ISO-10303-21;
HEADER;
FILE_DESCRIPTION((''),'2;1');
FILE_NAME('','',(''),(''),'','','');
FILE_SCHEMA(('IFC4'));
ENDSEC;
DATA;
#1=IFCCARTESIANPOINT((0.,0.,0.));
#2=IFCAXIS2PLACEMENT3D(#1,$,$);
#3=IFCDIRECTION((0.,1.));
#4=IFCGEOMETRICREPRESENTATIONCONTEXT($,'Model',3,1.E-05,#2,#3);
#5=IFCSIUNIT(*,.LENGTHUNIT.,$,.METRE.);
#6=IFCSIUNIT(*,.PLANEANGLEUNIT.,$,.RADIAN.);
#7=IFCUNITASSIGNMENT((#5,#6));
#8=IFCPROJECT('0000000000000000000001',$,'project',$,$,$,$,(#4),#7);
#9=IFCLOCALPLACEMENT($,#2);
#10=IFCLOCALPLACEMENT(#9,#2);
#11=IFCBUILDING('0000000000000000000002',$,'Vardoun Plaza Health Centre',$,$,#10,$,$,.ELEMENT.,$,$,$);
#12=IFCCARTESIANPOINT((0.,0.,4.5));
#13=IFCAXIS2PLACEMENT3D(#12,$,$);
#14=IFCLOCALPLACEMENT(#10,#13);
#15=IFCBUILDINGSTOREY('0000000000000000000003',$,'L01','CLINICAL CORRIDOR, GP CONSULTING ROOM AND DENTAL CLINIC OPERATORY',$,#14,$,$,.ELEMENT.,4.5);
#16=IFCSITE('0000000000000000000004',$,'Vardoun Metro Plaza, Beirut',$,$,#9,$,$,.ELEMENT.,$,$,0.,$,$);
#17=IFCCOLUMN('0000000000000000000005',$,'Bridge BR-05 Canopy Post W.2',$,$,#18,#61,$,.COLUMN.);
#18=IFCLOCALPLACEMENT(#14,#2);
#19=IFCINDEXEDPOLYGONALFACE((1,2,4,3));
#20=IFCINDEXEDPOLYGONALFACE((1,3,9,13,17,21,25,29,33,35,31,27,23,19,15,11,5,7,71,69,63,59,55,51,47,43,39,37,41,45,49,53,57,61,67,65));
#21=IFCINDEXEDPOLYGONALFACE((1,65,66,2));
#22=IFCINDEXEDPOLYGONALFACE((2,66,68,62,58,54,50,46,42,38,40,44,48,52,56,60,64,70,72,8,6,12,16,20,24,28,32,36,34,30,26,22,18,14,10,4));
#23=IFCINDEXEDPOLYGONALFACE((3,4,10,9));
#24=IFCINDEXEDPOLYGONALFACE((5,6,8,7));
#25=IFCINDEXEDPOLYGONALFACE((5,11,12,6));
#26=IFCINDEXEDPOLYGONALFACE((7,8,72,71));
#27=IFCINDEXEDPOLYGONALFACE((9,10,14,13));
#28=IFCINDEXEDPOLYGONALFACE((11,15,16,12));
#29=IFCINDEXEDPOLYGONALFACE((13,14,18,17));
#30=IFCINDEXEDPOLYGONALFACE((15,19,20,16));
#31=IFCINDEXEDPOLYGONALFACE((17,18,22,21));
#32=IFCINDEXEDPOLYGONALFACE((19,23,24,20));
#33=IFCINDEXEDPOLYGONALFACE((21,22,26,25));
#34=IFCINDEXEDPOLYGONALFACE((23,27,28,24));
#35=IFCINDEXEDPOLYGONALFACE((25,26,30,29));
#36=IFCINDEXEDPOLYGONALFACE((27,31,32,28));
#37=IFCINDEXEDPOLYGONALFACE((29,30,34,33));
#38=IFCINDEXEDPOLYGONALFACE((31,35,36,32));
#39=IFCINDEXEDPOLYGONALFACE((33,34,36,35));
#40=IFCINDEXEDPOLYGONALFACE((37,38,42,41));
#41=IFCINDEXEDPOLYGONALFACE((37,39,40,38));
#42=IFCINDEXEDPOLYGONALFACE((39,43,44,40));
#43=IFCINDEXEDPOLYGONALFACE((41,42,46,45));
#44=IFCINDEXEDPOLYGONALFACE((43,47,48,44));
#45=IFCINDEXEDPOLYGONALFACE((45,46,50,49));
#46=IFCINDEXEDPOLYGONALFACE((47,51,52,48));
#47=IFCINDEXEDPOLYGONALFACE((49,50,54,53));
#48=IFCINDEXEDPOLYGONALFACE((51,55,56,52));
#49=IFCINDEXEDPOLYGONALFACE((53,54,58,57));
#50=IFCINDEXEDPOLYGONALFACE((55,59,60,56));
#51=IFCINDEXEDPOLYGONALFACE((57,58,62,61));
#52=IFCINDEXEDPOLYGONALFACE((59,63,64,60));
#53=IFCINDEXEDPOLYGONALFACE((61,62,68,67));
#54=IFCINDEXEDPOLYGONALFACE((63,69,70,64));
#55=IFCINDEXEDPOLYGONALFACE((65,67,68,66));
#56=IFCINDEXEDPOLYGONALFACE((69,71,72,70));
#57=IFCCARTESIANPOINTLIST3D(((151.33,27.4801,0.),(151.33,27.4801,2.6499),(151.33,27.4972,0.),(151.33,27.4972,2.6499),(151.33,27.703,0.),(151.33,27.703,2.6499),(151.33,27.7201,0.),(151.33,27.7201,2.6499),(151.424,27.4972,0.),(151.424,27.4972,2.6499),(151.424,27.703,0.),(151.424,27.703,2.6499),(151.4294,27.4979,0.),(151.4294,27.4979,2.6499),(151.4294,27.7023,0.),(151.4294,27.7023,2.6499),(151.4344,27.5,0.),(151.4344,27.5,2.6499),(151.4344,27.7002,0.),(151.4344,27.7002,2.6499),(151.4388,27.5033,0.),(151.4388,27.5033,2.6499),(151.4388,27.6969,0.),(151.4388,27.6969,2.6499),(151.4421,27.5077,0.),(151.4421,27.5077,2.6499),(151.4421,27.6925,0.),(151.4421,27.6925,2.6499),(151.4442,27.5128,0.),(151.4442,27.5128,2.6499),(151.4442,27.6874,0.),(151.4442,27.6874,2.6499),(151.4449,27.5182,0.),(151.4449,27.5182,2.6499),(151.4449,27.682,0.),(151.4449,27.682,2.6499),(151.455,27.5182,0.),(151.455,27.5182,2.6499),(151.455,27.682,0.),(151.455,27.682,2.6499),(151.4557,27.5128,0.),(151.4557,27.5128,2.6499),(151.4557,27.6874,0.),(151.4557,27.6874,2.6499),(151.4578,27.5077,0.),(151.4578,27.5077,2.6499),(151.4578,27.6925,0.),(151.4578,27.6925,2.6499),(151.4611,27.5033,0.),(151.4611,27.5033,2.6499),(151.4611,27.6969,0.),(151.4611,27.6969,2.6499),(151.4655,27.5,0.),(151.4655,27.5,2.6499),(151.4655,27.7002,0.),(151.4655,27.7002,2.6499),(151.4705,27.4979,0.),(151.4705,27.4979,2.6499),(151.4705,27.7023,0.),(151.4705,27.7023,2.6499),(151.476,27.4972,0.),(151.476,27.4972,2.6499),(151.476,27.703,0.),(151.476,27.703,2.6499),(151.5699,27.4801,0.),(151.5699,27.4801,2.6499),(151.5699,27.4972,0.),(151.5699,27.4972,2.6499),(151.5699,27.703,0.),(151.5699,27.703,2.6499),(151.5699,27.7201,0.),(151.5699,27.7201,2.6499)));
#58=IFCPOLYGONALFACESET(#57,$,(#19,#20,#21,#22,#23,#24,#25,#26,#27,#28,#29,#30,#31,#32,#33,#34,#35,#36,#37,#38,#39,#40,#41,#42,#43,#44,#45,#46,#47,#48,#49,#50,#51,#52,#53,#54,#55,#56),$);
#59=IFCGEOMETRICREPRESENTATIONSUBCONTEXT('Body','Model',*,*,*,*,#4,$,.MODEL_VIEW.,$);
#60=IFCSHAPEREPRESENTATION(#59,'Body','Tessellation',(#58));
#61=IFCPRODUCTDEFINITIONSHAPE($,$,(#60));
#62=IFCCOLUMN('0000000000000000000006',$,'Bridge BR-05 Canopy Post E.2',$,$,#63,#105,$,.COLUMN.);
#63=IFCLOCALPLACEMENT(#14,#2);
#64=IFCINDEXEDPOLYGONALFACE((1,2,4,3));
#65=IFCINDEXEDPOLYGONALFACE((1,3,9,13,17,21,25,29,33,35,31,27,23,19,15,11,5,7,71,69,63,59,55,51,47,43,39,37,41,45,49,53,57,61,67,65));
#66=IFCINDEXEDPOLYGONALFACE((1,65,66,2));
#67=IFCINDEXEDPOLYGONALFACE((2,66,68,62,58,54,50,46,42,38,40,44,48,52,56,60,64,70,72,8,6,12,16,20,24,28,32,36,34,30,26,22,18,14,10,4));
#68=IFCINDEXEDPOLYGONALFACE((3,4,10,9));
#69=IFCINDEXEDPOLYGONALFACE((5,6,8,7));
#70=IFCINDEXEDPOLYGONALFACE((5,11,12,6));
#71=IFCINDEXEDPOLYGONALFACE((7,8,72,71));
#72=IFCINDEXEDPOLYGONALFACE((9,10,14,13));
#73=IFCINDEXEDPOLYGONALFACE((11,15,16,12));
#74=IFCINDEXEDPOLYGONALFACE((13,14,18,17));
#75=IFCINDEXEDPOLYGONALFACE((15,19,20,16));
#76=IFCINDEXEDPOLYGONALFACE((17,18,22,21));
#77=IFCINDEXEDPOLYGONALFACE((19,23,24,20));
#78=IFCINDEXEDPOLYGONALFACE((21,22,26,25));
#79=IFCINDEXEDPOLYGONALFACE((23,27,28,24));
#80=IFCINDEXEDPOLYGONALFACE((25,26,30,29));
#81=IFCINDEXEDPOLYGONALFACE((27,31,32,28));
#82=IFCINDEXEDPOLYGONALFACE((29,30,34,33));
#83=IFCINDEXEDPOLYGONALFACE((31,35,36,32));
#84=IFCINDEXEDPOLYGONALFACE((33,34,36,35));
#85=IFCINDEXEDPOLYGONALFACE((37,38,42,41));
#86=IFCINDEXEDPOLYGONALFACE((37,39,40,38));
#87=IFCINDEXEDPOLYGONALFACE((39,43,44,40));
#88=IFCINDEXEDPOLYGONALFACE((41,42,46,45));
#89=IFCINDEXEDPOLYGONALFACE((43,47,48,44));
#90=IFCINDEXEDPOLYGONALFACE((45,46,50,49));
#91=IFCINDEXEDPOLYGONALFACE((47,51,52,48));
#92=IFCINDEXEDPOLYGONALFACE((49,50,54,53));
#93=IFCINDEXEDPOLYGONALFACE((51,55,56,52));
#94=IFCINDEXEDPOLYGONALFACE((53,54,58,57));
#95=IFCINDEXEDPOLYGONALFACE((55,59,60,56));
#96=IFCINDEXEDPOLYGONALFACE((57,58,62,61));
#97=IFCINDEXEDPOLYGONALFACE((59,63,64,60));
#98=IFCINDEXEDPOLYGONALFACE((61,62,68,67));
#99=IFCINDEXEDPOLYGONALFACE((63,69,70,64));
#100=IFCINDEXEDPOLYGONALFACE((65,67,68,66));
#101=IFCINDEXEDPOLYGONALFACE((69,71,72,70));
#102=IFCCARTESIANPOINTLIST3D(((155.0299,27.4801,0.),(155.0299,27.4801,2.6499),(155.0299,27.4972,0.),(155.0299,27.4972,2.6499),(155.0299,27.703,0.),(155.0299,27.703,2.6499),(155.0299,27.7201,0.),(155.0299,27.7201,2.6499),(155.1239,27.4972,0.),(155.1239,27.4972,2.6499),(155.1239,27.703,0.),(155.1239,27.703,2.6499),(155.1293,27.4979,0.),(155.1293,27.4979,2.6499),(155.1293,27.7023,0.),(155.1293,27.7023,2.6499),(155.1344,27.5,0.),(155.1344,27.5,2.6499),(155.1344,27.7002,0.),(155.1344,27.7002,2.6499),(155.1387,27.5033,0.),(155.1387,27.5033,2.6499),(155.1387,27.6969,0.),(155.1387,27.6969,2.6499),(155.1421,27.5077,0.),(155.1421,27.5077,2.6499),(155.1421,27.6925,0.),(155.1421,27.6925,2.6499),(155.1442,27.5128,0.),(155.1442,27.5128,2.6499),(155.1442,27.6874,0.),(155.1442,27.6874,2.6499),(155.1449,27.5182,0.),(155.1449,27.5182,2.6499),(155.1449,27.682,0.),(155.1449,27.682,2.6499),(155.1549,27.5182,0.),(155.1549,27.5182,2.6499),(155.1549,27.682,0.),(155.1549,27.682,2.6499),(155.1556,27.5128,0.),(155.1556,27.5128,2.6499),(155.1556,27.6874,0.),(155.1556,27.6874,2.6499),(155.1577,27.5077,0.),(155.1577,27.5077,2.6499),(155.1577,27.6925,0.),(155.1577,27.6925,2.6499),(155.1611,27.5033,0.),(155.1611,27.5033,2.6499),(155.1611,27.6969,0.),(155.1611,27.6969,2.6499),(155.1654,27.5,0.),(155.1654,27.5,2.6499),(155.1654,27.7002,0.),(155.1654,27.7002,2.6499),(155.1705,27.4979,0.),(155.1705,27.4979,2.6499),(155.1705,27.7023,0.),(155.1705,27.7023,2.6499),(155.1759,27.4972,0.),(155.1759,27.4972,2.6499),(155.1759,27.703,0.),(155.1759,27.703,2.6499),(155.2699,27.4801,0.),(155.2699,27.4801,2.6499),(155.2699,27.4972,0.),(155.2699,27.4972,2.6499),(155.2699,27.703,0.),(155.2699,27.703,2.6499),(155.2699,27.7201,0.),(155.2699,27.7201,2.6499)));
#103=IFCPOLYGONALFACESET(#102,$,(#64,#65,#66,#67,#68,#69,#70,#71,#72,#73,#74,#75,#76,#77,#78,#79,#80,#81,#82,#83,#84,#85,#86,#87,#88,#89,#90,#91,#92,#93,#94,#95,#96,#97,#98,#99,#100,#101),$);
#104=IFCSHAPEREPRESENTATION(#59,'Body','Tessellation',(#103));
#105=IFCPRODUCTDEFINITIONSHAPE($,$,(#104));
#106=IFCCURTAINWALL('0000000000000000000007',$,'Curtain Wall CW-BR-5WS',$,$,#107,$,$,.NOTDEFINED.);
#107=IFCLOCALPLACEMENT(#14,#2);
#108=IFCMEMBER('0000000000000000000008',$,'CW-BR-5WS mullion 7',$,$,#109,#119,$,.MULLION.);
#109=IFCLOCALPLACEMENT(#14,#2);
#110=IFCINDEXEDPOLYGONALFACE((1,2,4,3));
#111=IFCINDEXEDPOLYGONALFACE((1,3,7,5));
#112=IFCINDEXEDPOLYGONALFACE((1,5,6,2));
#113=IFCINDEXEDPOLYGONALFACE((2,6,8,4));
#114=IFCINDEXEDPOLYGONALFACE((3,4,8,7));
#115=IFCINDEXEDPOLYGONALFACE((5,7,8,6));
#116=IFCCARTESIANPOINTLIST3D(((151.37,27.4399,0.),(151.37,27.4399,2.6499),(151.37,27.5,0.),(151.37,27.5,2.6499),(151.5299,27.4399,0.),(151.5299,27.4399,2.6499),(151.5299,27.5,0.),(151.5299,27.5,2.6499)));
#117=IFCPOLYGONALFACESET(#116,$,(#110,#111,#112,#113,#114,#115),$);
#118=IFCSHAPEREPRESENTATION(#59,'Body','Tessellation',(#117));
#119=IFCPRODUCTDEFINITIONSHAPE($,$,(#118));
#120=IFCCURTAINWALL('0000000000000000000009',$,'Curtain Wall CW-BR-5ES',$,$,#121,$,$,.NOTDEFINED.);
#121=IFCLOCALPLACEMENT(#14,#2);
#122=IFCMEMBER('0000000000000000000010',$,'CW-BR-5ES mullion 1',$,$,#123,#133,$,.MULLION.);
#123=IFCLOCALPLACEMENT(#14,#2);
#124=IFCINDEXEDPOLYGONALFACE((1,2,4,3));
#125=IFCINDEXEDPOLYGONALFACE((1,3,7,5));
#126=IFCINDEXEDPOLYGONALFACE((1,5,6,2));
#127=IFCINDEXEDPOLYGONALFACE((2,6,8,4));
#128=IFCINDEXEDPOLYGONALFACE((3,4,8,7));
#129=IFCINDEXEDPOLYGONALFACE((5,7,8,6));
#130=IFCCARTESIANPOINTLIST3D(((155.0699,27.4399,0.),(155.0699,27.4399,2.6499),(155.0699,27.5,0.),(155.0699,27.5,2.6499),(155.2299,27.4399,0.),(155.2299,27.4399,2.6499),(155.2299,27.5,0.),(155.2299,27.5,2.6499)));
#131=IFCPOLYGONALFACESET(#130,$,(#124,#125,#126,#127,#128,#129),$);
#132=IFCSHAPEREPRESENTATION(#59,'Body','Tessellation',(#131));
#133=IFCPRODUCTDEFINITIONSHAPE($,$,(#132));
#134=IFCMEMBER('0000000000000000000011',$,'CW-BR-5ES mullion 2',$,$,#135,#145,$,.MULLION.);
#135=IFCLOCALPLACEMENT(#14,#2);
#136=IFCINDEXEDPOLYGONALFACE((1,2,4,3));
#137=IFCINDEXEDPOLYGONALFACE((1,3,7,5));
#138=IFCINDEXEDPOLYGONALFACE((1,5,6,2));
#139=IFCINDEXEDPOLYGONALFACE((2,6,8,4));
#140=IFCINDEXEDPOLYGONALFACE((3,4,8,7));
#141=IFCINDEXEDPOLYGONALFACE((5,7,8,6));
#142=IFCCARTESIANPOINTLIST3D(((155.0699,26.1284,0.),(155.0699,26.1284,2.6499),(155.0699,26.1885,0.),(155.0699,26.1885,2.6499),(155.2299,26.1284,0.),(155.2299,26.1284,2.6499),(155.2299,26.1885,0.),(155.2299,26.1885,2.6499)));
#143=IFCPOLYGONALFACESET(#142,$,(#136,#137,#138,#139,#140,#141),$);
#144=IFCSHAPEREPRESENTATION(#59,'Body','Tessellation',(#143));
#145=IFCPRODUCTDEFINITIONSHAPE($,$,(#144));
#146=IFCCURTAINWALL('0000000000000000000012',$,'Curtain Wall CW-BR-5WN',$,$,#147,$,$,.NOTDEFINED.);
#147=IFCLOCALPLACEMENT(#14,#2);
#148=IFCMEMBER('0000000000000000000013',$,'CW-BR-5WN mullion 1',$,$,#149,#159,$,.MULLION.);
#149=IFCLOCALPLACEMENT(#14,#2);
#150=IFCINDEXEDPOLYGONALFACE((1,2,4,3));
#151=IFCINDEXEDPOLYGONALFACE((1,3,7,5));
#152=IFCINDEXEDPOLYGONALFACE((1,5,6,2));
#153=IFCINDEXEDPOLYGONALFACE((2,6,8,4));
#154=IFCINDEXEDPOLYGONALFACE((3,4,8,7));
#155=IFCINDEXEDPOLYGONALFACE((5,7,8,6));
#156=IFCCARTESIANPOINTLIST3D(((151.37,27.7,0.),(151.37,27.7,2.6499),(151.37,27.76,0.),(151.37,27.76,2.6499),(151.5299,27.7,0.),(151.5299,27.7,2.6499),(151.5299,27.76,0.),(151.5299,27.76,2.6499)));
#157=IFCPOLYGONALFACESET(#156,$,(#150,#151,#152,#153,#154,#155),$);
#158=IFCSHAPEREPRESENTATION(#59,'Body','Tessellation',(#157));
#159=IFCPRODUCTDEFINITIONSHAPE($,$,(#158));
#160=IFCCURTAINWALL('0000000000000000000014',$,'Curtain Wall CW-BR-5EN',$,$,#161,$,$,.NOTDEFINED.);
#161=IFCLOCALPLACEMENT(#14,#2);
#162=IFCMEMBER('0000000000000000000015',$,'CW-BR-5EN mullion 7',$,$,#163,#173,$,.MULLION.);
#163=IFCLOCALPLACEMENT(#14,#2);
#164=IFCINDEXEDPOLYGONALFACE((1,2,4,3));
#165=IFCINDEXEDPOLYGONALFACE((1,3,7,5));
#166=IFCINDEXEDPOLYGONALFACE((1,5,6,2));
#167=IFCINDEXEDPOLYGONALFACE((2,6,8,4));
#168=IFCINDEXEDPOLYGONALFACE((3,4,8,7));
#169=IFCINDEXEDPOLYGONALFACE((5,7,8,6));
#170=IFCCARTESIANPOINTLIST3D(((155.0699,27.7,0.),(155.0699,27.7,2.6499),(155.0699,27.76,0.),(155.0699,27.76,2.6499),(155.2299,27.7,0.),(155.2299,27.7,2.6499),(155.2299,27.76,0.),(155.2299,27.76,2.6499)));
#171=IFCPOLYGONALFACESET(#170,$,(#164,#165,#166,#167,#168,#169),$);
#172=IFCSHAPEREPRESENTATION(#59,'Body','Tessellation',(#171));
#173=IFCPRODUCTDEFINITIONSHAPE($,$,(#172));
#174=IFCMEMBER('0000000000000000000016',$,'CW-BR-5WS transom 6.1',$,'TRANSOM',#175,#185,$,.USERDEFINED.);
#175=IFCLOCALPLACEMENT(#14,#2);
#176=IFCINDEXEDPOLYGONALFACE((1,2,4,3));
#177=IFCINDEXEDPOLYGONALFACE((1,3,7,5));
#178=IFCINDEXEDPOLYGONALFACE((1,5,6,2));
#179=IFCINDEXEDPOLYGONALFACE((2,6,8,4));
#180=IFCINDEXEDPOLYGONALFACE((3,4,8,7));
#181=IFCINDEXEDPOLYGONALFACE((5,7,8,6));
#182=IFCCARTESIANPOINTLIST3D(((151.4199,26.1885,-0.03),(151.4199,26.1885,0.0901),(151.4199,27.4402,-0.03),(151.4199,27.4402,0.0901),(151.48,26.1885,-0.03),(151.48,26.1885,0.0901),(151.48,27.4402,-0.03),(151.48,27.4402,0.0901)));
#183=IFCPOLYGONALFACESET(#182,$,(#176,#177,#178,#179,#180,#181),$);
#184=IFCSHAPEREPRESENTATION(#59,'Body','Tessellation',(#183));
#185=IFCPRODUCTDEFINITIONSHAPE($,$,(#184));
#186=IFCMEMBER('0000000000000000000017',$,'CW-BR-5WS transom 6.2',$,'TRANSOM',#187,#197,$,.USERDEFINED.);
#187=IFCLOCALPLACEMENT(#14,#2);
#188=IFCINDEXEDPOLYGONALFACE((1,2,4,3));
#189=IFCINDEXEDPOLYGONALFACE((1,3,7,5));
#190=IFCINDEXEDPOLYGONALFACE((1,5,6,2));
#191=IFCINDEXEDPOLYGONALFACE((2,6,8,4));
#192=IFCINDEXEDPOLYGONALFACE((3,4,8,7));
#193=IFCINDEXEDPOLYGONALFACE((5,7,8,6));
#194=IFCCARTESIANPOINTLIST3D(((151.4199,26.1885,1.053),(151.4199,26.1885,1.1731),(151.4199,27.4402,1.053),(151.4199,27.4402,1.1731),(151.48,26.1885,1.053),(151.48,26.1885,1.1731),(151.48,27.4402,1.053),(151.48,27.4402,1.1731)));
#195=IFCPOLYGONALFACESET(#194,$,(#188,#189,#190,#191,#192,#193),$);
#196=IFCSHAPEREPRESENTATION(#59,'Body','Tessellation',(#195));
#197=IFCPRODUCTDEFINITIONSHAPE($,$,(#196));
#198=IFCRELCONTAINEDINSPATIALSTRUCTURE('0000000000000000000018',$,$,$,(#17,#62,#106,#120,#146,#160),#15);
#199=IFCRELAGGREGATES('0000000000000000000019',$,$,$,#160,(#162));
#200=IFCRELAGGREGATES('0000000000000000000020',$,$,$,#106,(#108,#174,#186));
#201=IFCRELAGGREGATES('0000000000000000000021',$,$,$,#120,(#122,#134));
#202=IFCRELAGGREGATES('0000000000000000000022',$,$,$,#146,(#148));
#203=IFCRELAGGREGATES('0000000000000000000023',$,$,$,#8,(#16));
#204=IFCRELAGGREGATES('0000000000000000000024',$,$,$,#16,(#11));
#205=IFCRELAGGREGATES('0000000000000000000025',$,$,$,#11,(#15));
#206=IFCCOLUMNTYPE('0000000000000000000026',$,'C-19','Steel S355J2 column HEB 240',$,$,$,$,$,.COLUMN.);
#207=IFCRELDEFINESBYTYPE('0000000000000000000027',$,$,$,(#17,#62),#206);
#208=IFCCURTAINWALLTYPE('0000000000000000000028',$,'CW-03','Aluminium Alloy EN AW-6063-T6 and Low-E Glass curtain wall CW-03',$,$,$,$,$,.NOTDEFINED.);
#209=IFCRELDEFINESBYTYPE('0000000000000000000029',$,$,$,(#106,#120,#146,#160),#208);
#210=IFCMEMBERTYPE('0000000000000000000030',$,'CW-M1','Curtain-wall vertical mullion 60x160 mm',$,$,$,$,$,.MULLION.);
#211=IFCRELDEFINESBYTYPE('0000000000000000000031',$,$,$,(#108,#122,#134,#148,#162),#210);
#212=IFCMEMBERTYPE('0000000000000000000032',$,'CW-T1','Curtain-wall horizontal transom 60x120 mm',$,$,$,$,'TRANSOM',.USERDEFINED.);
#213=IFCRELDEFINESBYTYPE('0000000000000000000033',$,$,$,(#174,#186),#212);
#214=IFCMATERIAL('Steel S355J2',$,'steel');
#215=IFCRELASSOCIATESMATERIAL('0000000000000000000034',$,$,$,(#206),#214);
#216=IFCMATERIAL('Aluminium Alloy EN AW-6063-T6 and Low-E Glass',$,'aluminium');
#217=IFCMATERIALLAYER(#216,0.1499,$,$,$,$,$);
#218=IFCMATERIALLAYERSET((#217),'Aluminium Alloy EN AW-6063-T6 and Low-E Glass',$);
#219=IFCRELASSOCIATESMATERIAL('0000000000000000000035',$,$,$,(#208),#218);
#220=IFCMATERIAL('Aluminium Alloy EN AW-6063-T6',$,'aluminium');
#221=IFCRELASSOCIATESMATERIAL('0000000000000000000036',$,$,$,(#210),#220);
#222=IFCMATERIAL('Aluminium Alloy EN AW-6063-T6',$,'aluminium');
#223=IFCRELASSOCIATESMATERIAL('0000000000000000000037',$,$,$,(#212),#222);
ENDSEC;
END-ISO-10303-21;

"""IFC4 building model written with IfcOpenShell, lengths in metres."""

from ifc_helpers import new_model, si_unit, direction, frame, origin, origin_2d, place, context, subcontext, project, spatial, rectangle, i_section, extrude, material, layer, layer_set, material_profile, profile_set, type_object, element, aggregate, save


model = new_model("IFC4")

# Units and contexts
model_context = context("Model", 3, precision=1e-05, world=origin(), true_north=direction((0.0, 1.0)))
body_context = subcontext(model_context, "Body", "Model", "MODEL_VIEW")
ifc_project = project(units=[si_unit("LENGTHUNIT", "METRE"), si_unit("PLANEANGLEUNIT", "RADIAN")], contexts=[model_context])

# Site, building, storey
site_placement = place(None, origin())
site = spatial("IfcSite", under=ifc_project, at=site_placement, Name="Vardoun Metro Plaza, Beirut", CompositionType="ELEMENT", RefElevation=0.0)
building_placement = place(site_placement, origin())
building = spatial("IfcBuilding", under=site, at=building_placement, Name="Vardoun Plaza Health Centre", CompositionType="ELEMENT")
storey_placement = place(building_placement, frame((0.0, 0.0, 4.5)))
storey = spatial("IfcBuildingStorey", under=building, at=storey_placement, Name="L01", Description="CLINICAL CORRIDOR, GP CONSULTING ROOM AND DENTAL CLINIC OPERATORY", CompositionType="ELEMENT", Elevation=4.5)

# Columns
ifc_material_1 = material(Name="Steel S355J2", Category="steel")
ifc_material_profile_1 = material_profile(ifc_material_1, i_section(OverallWidth=0.24, OverallDepth=0.24, WebThickness=0.01, FlangeThickness=0.0171, FilletRadius=0.021, at=origin_2d()), Name="HEB 240")
ifc_profile_set_1 = profile_set([ifc_material_profile_1], Name="Steel S355J2")
column_type = type_object("IfcColumnType", Name="C-19", Description="Steel S355J2 column HEB 240", PredefinedType="COLUMN", material=ifc_profile_set_1)
for number, where, z_axis, x_axis, name in (
    (1, (151.45, 27.6001, 0.0), (0.0, 0.0, 1.0), (1.0, 0.0, 0.0), "Bridge BR-05 Canopy Post W.2"),
    (2, (155.1499, 27.6001, 0.0), (0.0, 0.0, 1.0), (1.0, 0.0, 0.0), "Bridge BR-05 Canopy Post E.2"),
):
    element("IfcColumn", number, at=place(storey_placement, frame(where, z_axis=z_axis, x_axis=x_axis)), inside=storey, type_object=column_type, Name=name, PredefinedType="COLUMN", context=body_context, shape_type="SweptSolid", body=[
        extrude(i_section(OverallWidth=0.24, OverallDepth=0.24, WebThickness=0.01, FlangeThickness=0.0171, FilletRadius=0.021, at=origin_2d()), origin(), (0.0, 0.0, 1.0), 2.6499),
    ])

# Curtain wall, member
ifc_material_2 = material(Name="Aluminium Alloy EN AW-6063-T6 and Low-E Glass", Category="aluminium")
ifc_layer_1 = layer(ifc_material_2, 0.1499)
ifc_layer_set_1 = layer_set([ifc_layer_1], Name="Aluminium Alloy EN AW-6063-T6 and Low-E Glass")
curtain_wall_type = type_object("IfcCurtainWallType", Name="CW-03", Description="Aluminium Alloy EN AW-6063-T6 and Low-E Glass curtain wall CW-03", PredefinedType="NOTDEFINED", material=ifc_layer_set_1)
curtain_wall_1_placement = place(storey_placement, origin())
curtain_wall_1 = element("IfcCurtainWall", 3, at=curtain_wall_1_placement, inside=storey, type_object=curtain_wall_type, Name="Curtain Wall CW-BR-5WS", PredefinedType="NOTDEFINED")
ifc_material_3 = material(Name="Aluminium Alloy EN AW-6063-T6", Category="aluminium")
ifc_material_profile_2 = material_profile(ifc_material_3, rectangle(XDim=0.1599, YDim=0.0601, at=origin_2d()), Name="CWM 60x160")
ifc_profile_set_2 = profile_set([ifc_material_profile_2], Name="Aluminium Alloy EN AW-6063-T6")
member_type_1 = type_object("IfcMemberType", Name="CW-M1", Description="Curtain-wall vertical mullion 60x160 mm", PredefinedType="MULLION", material=ifc_profile_set_2)
member_1_placement = place(storey_placement, frame((151.45, 27.47, 0.0), z_axis=(0.0, 0.0, 1.0), x_axis=(-1.0, 0.0, 0.0)))
member_1 = element("IfcMember", 4, at=member_1_placement, type_object=member_type_1, Name="CW-BR-5WS mullion 7", PredefinedType="MULLION", context=body_context, shape_type="SweptSolid", body=[
    extrude(rectangle(XDim=0.1599, YDim=0.0601, at=origin_2d()), origin(), (0.0, 0.0, 1.0), 2.6499),
])

# Curtain wall, members
curtain_wall_2_placement = place(storey_placement, origin())
curtain_wall_2 = element("IfcCurtainWall", 5, at=curtain_wall_2_placement, inside=storey, type_object=curtain_wall_type, Name="Curtain Wall CW-BR-5ES", PredefinedType="NOTDEFINED")
member_2_placement = place(storey_placement, frame((155.1499, 27.47, 0.0), z_axis=(0.0, 0.0, 1.0), x_axis=(1.0, 0.0, 0.0)))
member_2 = element("IfcMember", 6, at=member_2_placement, type_object=member_type_1, Name="CW-BR-5ES mullion 1", PredefinedType="MULLION", context=body_context, shape_type="SweptSolid", body=[
    extrude(rectangle(XDim=0.1599, YDim=0.0601, at=origin_2d()), origin(), (0.0, 0.0, 1.0), 2.6499),
])
member_3_placement = place(storey_placement, frame((155.1499, 26.1584, 0.0), z_axis=(0.0, 0.0, 1.0), x_axis=(1.0, 0.0, 0.0)))
member_3 = element("IfcMember", 7, at=member_3_placement, type_object=member_type_1, Name="CW-BR-5ES mullion 2", PredefinedType="MULLION", context=body_context, shape_type="SweptSolid", body=[
    extrude(rectangle(XDim=0.1599, YDim=0.0601, at=origin_2d()), origin(), (0.0, 0.0, 1.0), 2.6499),
])

# Curtain walls, members
curtain_wall_3_placement = place(storey_placement, origin())
curtain_wall_3 = element("IfcCurtainWall", 8, at=curtain_wall_3_placement, inside=storey, type_object=curtain_wall_type, Name="Curtain Wall CW-BR-5WN", PredefinedType="NOTDEFINED")
member_4_placement = place(storey_placement, frame((151.45, 27.73, 0.0), z_axis=(0.0, 0.0, 1.0), x_axis=(-1.0, 0.0, 0.0)))
member_4 = element("IfcMember", 9, at=member_4_placement, type_object=member_type_1, Name="CW-BR-5WN mullion 1", PredefinedType="MULLION", context=body_context, shape_type="SweptSolid", body=[
    extrude(rectangle(XDim=0.1599, YDim=0.0601, at=origin_2d()), origin(), (0.0, 0.0, 1.0), 2.6499),
])
curtain_wall_4_placement = place(storey_placement, origin())
curtain_wall_4 = element("IfcCurtainWall", 10, at=curtain_wall_4_placement, inside=storey, type_object=curtain_wall_type, Name="Curtain Wall CW-BR-5EN", PredefinedType="NOTDEFINED")
member_5_placement = place(storey_placement, frame((155.1499, 27.73, 0.0), z_axis=(0.0, 0.0, 1.0), x_axis=(1.0, 0.0, 0.0)))
member_5 = element("IfcMember", 11, at=member_5_placement, type_object=member_type_1, Name="CW-BR-5EN mullion 7", PredefinedType="MULLION", context=body_context, shape_type="SweptSolid", body=[
    extrude(rectangle(XDim=0.1599, YDim=0.0601, at=origin_2d()), origin(), (0.0, 0.0, 1.0), 2.6499),
])
aggregate(curtain_wall_4, [member_5])

# Members
ifc_material_4 = material(Name="Aluminium Alloy EN AW-6063-T6", Category="aluminium")
ifc_material_profile_3 = material_profile(ifc_material_4, rectangle(XDim=0.0601, YDim=0.1201, at=origin_2d()), Name="CWT 60x120")
ifc_profile_set_3 = profile_set([ifc_material_profile_3], Name="Aluminium Alloy EN AW-6063-T6")
member_type_2 = type_object("IfcMemberType", Name="CW-T1", Description="Curtain-wall horizontal transom 60x120 mm", ElementType="TRANSOM", PredefinedType="USERDEFINED", material=ifc_profile_set_3)
member_6_placement = place(storey_placement, frame((151.45, 26.1885, 0.03), z_axis=(0.0, 1.0, 0.0), x_axis=(-1.0, 0.0, 0.0)))
member_6 = element("IfcMember", 12, at=member_6_placement, type_object=member_type_2, Name="CW-BR-5WS transom 6.1", ObjectType="TRANSOM", PredefinedType="USERDEFINED", context=body_context, shape_type="SweptSolid", body=[
    extrude(rectangle(XDim=0.0601, YDim=0.1201, at=origin_2d()), origin(), (0.0, 0.0, 1.0), 1.2517),
])
member_7_placement = place(storey_placement, frame((151.45, 26.1885, 1.113), z_axis=(0.0, 1.0, 0.0), x_axis=(-1.0, 0.0, 0.0)))
member_7 = element("IfcMember", 13, at=member_7_placement, type_object=member_type_2, Name="CW-BR-5WS transom 6.2", ObjectType="TRANSOM", PredefinedType="USERDEFINED", context=body_context, shape_type="SweptSolid", body=[
    extrude(rectangle(XDim=0.0601, YDim=0.1201, at=origin_2d()), origin(), (0.0, 0.0, 1.0), 1.2517),
])

aggregate(curtain_wall_1, [member_1, member_6, member_7])
aggregate(curtain_wall_2, [member_2, member_3])
aggregate(curtain_wall_3, [member_4])

save(model, "model.ifc")
